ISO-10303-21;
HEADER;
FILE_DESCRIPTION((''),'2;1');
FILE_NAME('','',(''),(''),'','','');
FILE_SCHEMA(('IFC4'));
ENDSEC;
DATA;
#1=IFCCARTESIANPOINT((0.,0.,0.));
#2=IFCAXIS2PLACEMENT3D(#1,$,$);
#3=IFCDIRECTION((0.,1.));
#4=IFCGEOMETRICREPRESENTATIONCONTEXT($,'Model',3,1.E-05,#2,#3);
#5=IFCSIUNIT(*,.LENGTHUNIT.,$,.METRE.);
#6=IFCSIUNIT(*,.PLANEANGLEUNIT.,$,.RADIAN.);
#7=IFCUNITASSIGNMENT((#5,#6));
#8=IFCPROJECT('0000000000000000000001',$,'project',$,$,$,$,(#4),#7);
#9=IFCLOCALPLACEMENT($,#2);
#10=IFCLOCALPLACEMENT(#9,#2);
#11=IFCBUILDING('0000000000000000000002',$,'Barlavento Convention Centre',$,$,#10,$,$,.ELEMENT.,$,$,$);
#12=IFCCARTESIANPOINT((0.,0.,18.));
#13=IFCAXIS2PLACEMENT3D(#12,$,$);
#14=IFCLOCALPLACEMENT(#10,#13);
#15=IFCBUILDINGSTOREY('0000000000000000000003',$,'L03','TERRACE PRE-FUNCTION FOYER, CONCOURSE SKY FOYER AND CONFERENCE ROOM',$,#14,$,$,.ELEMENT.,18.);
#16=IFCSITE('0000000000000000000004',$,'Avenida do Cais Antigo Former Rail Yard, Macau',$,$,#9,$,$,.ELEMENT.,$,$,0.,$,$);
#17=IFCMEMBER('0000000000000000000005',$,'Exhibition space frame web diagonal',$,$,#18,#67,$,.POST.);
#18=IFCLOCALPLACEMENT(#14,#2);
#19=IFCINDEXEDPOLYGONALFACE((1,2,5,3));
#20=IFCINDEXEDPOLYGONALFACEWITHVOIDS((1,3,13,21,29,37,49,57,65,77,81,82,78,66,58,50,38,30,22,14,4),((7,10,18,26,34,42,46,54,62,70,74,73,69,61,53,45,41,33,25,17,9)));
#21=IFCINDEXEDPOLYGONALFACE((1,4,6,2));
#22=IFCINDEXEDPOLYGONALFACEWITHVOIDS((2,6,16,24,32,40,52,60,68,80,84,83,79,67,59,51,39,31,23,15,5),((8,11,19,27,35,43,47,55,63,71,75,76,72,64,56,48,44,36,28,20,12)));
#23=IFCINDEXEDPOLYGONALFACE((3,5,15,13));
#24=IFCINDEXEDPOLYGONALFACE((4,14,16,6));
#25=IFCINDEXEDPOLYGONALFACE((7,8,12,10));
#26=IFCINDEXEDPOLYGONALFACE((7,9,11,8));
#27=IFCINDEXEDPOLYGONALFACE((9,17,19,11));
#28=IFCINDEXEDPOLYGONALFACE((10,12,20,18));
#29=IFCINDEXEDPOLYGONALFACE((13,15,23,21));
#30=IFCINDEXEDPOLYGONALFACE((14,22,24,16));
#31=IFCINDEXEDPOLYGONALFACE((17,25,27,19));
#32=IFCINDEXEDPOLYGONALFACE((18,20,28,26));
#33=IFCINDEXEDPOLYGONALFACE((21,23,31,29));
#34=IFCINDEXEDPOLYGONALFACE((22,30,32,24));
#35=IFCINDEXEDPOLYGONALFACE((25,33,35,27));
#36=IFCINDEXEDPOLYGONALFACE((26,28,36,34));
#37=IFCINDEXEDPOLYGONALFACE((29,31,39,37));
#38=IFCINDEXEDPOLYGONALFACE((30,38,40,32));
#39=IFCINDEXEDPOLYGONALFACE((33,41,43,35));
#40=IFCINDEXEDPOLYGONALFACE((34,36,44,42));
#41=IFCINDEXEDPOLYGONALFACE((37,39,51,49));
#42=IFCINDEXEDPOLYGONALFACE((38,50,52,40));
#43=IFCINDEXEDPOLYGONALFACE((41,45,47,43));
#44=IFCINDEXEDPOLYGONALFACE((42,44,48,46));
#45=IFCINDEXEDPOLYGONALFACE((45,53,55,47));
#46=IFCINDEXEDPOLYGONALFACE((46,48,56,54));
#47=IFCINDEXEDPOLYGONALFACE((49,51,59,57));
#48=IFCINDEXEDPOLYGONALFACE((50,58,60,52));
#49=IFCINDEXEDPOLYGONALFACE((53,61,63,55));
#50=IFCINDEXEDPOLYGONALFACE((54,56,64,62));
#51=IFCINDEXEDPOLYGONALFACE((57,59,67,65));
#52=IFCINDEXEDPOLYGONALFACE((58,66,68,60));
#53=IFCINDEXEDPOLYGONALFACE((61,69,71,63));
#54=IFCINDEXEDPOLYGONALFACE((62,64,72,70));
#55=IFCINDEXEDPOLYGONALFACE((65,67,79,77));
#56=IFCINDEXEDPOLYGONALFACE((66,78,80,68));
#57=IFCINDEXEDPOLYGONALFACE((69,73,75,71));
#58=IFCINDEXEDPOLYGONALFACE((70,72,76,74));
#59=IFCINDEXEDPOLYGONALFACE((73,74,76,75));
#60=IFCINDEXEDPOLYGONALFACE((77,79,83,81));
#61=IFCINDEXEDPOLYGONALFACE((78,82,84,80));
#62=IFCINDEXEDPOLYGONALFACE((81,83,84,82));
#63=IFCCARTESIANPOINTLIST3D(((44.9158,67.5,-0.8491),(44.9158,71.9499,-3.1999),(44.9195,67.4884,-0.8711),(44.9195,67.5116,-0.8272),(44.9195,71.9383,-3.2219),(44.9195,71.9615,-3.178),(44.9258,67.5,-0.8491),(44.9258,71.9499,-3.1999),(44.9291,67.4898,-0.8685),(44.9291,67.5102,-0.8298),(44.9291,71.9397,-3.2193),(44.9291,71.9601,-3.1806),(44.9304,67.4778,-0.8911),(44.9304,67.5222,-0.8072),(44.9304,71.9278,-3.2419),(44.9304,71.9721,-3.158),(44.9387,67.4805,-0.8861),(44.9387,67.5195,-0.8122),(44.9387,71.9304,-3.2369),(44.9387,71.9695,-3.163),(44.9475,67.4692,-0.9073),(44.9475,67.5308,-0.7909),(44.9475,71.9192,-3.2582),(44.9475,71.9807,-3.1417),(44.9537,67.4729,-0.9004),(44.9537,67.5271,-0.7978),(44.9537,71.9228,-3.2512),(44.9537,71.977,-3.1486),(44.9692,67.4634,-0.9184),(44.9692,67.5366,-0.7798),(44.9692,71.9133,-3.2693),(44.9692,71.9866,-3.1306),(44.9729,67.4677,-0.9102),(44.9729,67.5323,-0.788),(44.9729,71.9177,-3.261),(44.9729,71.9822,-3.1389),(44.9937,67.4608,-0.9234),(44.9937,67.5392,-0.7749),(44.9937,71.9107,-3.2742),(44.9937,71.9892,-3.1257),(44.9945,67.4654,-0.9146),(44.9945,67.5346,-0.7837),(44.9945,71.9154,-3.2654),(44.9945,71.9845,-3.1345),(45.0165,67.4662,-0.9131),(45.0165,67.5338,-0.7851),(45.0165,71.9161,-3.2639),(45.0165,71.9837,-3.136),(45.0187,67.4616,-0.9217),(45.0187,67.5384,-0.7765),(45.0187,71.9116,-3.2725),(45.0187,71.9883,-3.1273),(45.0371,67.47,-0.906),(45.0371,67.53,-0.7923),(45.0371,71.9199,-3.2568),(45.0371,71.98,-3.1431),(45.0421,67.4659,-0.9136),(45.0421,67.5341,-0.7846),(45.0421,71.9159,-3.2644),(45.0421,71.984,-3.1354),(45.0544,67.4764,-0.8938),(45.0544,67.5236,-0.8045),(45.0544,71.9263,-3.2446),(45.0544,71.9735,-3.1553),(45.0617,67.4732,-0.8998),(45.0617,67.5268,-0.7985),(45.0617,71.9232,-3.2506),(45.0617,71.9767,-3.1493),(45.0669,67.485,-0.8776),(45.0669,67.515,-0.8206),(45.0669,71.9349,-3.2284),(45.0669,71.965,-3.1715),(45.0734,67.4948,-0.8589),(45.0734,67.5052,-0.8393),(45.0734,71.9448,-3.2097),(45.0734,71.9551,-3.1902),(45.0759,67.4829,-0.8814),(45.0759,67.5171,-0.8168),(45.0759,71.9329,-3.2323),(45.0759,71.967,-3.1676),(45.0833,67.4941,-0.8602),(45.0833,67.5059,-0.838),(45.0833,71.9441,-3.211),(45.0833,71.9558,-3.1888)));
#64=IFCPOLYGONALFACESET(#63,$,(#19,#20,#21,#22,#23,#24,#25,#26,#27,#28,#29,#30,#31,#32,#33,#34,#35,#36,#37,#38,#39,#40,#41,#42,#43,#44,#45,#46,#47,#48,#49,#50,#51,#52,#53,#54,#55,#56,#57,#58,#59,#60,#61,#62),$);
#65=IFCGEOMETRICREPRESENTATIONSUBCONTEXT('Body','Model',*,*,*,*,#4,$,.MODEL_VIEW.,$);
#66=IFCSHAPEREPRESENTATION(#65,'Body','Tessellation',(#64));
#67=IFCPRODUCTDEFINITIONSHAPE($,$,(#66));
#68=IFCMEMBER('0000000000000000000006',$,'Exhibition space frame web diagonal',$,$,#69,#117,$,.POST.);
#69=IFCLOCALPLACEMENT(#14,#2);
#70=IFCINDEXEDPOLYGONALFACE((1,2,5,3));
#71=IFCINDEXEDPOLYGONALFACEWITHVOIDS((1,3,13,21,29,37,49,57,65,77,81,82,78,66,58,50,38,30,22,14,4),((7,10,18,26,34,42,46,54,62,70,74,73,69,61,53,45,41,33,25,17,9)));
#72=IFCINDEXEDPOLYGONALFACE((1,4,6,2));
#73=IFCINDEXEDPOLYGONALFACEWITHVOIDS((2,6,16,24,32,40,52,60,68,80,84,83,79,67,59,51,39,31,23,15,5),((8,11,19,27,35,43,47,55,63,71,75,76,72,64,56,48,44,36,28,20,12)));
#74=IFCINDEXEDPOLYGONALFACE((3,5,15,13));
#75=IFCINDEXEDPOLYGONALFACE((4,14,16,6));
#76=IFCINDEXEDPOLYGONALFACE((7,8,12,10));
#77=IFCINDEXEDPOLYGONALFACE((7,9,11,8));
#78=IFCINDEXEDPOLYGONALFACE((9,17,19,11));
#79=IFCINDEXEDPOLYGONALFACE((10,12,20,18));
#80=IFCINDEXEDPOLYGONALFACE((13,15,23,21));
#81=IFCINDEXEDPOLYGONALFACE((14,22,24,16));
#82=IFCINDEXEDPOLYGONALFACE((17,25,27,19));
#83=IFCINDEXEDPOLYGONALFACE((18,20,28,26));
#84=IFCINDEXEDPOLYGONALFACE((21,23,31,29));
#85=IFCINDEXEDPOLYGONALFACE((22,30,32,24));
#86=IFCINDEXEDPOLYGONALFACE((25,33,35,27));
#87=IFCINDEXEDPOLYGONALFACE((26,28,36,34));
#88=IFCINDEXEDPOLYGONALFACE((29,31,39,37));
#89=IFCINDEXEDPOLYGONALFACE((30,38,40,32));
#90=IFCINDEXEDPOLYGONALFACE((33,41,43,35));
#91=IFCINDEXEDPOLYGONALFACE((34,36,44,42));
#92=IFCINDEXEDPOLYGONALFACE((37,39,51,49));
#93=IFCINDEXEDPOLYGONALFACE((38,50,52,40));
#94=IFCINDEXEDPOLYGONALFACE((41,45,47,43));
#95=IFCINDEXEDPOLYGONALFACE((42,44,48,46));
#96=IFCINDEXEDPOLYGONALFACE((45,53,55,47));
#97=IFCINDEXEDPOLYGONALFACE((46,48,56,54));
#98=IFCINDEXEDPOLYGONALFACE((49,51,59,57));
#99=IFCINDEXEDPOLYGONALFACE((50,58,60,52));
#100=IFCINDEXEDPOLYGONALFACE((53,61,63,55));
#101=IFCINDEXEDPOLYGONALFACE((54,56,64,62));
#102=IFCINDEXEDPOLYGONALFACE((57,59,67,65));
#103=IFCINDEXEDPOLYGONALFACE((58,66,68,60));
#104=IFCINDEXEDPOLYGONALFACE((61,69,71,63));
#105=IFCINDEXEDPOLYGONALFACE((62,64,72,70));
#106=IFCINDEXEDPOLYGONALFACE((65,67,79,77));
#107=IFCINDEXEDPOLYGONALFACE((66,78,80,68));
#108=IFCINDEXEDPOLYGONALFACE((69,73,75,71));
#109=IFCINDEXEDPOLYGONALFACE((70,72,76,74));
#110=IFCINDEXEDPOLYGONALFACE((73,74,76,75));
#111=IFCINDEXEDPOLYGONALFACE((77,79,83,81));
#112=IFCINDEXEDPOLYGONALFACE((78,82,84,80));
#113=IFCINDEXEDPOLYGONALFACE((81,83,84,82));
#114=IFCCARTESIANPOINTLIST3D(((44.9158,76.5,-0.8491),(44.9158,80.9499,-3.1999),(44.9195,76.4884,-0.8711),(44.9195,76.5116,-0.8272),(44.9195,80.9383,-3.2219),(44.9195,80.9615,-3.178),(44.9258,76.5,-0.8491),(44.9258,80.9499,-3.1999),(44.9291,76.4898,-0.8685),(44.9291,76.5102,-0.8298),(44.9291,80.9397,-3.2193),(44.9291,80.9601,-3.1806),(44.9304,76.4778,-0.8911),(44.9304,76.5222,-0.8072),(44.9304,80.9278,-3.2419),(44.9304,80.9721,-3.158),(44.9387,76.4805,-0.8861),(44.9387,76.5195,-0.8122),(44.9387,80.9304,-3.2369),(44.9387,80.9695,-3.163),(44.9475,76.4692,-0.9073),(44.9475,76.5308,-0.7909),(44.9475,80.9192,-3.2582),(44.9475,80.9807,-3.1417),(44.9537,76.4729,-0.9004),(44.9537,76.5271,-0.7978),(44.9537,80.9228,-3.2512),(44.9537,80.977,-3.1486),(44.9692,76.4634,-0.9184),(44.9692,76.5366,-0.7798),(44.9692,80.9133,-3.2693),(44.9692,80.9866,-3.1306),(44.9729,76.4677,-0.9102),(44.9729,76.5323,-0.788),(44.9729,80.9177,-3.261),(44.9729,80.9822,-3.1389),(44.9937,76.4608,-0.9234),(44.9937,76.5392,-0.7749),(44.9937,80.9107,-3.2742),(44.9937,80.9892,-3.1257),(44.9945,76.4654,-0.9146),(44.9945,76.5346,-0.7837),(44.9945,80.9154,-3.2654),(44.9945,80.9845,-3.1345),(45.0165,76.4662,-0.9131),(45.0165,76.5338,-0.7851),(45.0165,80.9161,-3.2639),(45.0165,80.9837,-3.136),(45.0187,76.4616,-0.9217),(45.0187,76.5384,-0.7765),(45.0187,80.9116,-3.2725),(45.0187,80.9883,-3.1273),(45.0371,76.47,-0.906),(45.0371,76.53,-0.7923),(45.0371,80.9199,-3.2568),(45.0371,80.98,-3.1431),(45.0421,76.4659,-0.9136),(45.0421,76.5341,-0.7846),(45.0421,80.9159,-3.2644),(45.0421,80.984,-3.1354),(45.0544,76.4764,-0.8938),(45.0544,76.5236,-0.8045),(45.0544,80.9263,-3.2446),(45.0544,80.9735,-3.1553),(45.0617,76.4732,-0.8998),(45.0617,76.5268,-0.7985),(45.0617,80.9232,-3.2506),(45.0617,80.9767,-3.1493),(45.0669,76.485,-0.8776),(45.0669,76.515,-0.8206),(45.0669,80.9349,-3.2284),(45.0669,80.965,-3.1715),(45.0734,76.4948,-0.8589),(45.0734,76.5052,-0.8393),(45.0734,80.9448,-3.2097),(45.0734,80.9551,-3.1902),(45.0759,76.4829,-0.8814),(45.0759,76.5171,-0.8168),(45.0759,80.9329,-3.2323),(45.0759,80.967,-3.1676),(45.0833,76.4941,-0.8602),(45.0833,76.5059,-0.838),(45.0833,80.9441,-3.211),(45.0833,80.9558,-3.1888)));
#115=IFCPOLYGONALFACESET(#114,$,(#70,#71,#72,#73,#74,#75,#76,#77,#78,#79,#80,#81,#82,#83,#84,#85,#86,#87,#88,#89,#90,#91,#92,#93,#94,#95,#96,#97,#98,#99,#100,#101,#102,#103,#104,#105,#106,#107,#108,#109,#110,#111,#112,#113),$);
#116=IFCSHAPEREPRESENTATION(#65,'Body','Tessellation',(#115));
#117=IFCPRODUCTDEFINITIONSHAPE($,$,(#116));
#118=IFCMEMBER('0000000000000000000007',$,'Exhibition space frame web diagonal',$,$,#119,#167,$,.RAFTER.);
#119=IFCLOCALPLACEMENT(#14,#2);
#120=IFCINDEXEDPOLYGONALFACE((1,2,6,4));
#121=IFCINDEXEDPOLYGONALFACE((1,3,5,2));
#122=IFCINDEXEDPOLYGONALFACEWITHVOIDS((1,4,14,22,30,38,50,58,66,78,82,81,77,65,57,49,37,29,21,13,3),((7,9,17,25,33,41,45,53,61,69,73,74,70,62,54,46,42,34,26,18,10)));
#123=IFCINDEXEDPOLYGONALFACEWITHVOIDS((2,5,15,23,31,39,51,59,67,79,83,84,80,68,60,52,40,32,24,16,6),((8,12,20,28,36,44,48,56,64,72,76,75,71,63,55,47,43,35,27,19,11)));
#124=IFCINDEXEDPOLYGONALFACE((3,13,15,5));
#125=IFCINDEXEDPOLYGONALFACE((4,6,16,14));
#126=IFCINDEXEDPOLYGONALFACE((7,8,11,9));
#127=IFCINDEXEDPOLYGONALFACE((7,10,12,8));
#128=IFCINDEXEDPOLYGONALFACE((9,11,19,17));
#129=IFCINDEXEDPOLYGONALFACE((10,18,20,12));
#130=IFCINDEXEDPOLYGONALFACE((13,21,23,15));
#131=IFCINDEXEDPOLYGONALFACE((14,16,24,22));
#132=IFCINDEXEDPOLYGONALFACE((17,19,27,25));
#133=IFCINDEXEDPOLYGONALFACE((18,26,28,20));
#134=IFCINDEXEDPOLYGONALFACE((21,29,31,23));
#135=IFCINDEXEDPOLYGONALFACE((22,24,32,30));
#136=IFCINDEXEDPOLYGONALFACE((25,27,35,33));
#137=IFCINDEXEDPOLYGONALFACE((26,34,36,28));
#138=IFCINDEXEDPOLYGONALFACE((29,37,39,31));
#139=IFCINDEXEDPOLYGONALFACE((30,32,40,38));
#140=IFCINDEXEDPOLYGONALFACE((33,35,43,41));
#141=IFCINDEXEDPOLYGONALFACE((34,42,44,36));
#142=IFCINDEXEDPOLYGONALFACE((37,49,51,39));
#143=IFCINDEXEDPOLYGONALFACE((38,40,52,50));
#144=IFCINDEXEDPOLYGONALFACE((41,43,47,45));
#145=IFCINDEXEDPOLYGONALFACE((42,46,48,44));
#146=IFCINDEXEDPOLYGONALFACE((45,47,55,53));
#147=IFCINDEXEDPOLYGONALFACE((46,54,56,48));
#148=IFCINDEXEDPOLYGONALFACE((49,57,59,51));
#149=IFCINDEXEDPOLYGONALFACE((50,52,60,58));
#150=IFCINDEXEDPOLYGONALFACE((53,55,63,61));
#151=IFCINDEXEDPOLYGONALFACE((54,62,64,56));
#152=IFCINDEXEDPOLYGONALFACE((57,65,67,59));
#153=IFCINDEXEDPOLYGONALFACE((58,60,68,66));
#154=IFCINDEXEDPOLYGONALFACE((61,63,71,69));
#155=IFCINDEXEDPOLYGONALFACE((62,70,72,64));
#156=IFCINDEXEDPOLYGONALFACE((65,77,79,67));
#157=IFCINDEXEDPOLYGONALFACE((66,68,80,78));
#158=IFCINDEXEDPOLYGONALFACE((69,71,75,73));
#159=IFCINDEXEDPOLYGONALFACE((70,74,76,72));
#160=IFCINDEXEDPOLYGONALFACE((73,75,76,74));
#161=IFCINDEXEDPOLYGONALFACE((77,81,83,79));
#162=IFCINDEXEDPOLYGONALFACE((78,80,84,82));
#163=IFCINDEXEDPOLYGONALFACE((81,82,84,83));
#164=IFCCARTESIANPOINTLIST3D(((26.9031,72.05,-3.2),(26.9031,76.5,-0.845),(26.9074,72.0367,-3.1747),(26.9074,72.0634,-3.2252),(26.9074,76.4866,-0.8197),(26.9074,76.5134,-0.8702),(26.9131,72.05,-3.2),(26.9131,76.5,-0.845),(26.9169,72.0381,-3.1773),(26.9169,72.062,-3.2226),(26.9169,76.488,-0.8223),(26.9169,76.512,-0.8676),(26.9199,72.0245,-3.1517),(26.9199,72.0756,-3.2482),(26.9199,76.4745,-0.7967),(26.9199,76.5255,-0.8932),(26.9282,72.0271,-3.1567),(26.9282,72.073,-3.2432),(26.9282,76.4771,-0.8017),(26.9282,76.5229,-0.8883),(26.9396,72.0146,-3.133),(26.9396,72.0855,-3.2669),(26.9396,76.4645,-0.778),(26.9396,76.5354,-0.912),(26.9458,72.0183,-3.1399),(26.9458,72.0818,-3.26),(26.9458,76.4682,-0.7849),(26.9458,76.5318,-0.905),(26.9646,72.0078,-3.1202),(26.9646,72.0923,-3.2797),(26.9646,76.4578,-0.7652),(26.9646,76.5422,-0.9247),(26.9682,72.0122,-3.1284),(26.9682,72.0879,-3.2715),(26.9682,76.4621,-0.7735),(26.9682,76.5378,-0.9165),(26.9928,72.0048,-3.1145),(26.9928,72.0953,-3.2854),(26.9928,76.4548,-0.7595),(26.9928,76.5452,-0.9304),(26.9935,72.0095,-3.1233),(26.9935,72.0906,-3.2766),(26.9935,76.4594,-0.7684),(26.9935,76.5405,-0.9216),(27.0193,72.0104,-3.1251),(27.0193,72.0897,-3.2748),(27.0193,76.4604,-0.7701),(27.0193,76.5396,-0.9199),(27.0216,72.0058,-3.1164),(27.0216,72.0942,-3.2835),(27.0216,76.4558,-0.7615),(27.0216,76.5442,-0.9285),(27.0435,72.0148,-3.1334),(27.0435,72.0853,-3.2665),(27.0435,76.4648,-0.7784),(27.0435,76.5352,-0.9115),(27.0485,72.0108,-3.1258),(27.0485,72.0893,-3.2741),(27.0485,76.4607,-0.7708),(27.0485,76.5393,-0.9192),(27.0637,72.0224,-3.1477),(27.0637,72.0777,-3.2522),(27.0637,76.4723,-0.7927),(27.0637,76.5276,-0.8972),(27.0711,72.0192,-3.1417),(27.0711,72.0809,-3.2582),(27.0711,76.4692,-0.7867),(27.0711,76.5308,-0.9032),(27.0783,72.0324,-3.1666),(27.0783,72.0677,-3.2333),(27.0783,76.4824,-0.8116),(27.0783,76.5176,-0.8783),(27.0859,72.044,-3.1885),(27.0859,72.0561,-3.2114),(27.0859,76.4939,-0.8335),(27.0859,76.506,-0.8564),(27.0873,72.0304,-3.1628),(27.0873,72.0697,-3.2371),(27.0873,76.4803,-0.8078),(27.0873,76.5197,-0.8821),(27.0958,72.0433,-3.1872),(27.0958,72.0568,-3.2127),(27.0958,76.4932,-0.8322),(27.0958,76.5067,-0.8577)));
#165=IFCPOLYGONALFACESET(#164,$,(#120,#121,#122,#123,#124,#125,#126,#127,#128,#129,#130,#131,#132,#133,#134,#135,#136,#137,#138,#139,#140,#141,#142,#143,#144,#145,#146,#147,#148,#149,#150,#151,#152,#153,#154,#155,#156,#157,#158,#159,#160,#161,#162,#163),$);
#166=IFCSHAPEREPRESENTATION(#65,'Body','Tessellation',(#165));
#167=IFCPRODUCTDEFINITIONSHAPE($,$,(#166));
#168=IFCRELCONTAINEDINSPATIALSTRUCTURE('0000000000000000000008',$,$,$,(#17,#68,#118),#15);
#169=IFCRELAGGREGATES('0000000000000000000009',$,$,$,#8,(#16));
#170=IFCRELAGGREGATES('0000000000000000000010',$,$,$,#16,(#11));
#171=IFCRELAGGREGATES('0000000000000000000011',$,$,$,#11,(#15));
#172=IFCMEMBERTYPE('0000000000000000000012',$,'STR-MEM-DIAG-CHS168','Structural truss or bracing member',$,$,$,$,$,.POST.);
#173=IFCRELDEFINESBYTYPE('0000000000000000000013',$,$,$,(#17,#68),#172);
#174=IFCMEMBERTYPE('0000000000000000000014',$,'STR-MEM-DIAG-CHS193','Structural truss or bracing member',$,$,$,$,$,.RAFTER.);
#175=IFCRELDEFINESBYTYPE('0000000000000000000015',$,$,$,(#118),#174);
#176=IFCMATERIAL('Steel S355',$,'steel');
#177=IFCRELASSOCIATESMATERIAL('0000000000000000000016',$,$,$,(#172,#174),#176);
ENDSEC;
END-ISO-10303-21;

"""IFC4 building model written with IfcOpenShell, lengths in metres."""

from ifc_helpers import new_model, si_unit, direction, frame, origin, origin_2d, place, context, subcontext, project, spatial, hollow_circle, extrude, material, material_profile, profile_set, type_object, element, save


model = new_model("IFC4")

# Units and contexts
model_context = context("Model", 3, precision=1e-05, world=origin(), true_north=direction((0.0, 1.0)))
body_context = subcontext(model_context, "Body", "Model", "MODEL_VIEW")
ifc_project = project(units=[si_unit("LENGTHUNIT", "METRE"), si_unit("PLANEANGLEUNIT", "RADIAN")], contexts=[model_context])

# Site, building, storey
site_placement = place(None, origin())
site = spatial("IfcSite", under=ifc_project, at=site_placement, Name="Avenida do Cais Antigo Former Rail Yard, Macau", CompositionType="ELEMENT", RefElevation=0.0)
building_placement = place(site_placement, origin())
building = spatial("IfcBuilding", under=site, at=building_placement, Name="Barlavento Convention Centre", CompositionType="ELEMENT")
storey_placement = place(building_placement, frame((0.0, 0.0, 18.0)))
storey = spatial("IfcBuildingStorey", under=building, at=storey_placement, Name="L03", Description="TERRACE PRE-FUNCTION FOYER, CONCOURSE SKY FOYER AND CONFERENCE ROOM", CompositionType="ELEMENT", Elevation=18.0)

# Members
ifc_material_1 = material(Name="Steel S355", Category="steel")
ifc_material_profile_1 = material_profile(ifc_material_1, hollow_circle(Radius=0.0842, WallThickness=0.01, at=origin_2d()), Name="CHS 168.3x10.0")
ifc_profile_set_1 = profile_set([ifc_material_profile_1], Name="Steel S355")
member_type_1 = type_object("IfcMemberType", Name="STR-MEM-DIAG-CHS168", Description="Structural truss or bracing member", PredefinedType="POST", material=ifc_profile_set_1)
for number, where, z_axis, x_axis, name in (
    (1, (45.0, 67.5, -0.8491), (0.0, 0.884201, -0.467107), (-1.0, 0.0, 0.0), "Exhibition space frame web diagonal"),
    (2, (45.0, 76.5, -0.8491), (0.0, 0.884201, -0.467107), (-1.0, 0.0, 0.0), "Exhibition space frame web diagonal"),
):
    element("IfcMember", number, at=place(storey_placement, frame(where, z_axis=z_axis, x_axis=x_axis)), inside=storey, type_object=member_type_1, Name=name, PredefinedType="POST", context=body_context, shape_type="SweptSolid", body=[
        extrude(hollow_circle(Radius=0.0842, WallThickness=0.01, at=origin_2d()), origin(), (0.0, 0.0, 1.0), 5.0327),
    ])
ifc_material_profile_2 = material_profile(ifc_material_1, hollow_circle(Radius=0.0969, WallThickness=0.01, at=origin_2d()), Name="CHS 193.7x10.0")
ifc_profile_set_2 = profile_set([ifc_material_profile_2], Name="Steel S355")
member_type_2 = type_object("IfcMemberType", Name="STR-MEM-DIAG-CHS193", Description="Structural truss or bracing member", PredefinedType="RAFTER", material=ifc_profile_set_2)
member_1_placement = place(storey_placement, frame((27.0, 72.05, -3.2), z_axis=(0.0, 0.88386, 0.467752), x_axis=(-1.0, 0.0, 0.0)))
element("IfcMember", 3, at=member_1_placement, inside=storey, type_object=member_type_2, Name="Exhibition space frame web diagonal", PredefinedType="RAFTER", context=body_context, shape_type="SweptSolid", body=[
    extrude(hollow_circle(Radius=0.0969, WallThickness=0.01, at=origin_2d()), origin(), (0.0, 0.0, 1.0), 5.0347),
])

save(model, "model.ifc")
